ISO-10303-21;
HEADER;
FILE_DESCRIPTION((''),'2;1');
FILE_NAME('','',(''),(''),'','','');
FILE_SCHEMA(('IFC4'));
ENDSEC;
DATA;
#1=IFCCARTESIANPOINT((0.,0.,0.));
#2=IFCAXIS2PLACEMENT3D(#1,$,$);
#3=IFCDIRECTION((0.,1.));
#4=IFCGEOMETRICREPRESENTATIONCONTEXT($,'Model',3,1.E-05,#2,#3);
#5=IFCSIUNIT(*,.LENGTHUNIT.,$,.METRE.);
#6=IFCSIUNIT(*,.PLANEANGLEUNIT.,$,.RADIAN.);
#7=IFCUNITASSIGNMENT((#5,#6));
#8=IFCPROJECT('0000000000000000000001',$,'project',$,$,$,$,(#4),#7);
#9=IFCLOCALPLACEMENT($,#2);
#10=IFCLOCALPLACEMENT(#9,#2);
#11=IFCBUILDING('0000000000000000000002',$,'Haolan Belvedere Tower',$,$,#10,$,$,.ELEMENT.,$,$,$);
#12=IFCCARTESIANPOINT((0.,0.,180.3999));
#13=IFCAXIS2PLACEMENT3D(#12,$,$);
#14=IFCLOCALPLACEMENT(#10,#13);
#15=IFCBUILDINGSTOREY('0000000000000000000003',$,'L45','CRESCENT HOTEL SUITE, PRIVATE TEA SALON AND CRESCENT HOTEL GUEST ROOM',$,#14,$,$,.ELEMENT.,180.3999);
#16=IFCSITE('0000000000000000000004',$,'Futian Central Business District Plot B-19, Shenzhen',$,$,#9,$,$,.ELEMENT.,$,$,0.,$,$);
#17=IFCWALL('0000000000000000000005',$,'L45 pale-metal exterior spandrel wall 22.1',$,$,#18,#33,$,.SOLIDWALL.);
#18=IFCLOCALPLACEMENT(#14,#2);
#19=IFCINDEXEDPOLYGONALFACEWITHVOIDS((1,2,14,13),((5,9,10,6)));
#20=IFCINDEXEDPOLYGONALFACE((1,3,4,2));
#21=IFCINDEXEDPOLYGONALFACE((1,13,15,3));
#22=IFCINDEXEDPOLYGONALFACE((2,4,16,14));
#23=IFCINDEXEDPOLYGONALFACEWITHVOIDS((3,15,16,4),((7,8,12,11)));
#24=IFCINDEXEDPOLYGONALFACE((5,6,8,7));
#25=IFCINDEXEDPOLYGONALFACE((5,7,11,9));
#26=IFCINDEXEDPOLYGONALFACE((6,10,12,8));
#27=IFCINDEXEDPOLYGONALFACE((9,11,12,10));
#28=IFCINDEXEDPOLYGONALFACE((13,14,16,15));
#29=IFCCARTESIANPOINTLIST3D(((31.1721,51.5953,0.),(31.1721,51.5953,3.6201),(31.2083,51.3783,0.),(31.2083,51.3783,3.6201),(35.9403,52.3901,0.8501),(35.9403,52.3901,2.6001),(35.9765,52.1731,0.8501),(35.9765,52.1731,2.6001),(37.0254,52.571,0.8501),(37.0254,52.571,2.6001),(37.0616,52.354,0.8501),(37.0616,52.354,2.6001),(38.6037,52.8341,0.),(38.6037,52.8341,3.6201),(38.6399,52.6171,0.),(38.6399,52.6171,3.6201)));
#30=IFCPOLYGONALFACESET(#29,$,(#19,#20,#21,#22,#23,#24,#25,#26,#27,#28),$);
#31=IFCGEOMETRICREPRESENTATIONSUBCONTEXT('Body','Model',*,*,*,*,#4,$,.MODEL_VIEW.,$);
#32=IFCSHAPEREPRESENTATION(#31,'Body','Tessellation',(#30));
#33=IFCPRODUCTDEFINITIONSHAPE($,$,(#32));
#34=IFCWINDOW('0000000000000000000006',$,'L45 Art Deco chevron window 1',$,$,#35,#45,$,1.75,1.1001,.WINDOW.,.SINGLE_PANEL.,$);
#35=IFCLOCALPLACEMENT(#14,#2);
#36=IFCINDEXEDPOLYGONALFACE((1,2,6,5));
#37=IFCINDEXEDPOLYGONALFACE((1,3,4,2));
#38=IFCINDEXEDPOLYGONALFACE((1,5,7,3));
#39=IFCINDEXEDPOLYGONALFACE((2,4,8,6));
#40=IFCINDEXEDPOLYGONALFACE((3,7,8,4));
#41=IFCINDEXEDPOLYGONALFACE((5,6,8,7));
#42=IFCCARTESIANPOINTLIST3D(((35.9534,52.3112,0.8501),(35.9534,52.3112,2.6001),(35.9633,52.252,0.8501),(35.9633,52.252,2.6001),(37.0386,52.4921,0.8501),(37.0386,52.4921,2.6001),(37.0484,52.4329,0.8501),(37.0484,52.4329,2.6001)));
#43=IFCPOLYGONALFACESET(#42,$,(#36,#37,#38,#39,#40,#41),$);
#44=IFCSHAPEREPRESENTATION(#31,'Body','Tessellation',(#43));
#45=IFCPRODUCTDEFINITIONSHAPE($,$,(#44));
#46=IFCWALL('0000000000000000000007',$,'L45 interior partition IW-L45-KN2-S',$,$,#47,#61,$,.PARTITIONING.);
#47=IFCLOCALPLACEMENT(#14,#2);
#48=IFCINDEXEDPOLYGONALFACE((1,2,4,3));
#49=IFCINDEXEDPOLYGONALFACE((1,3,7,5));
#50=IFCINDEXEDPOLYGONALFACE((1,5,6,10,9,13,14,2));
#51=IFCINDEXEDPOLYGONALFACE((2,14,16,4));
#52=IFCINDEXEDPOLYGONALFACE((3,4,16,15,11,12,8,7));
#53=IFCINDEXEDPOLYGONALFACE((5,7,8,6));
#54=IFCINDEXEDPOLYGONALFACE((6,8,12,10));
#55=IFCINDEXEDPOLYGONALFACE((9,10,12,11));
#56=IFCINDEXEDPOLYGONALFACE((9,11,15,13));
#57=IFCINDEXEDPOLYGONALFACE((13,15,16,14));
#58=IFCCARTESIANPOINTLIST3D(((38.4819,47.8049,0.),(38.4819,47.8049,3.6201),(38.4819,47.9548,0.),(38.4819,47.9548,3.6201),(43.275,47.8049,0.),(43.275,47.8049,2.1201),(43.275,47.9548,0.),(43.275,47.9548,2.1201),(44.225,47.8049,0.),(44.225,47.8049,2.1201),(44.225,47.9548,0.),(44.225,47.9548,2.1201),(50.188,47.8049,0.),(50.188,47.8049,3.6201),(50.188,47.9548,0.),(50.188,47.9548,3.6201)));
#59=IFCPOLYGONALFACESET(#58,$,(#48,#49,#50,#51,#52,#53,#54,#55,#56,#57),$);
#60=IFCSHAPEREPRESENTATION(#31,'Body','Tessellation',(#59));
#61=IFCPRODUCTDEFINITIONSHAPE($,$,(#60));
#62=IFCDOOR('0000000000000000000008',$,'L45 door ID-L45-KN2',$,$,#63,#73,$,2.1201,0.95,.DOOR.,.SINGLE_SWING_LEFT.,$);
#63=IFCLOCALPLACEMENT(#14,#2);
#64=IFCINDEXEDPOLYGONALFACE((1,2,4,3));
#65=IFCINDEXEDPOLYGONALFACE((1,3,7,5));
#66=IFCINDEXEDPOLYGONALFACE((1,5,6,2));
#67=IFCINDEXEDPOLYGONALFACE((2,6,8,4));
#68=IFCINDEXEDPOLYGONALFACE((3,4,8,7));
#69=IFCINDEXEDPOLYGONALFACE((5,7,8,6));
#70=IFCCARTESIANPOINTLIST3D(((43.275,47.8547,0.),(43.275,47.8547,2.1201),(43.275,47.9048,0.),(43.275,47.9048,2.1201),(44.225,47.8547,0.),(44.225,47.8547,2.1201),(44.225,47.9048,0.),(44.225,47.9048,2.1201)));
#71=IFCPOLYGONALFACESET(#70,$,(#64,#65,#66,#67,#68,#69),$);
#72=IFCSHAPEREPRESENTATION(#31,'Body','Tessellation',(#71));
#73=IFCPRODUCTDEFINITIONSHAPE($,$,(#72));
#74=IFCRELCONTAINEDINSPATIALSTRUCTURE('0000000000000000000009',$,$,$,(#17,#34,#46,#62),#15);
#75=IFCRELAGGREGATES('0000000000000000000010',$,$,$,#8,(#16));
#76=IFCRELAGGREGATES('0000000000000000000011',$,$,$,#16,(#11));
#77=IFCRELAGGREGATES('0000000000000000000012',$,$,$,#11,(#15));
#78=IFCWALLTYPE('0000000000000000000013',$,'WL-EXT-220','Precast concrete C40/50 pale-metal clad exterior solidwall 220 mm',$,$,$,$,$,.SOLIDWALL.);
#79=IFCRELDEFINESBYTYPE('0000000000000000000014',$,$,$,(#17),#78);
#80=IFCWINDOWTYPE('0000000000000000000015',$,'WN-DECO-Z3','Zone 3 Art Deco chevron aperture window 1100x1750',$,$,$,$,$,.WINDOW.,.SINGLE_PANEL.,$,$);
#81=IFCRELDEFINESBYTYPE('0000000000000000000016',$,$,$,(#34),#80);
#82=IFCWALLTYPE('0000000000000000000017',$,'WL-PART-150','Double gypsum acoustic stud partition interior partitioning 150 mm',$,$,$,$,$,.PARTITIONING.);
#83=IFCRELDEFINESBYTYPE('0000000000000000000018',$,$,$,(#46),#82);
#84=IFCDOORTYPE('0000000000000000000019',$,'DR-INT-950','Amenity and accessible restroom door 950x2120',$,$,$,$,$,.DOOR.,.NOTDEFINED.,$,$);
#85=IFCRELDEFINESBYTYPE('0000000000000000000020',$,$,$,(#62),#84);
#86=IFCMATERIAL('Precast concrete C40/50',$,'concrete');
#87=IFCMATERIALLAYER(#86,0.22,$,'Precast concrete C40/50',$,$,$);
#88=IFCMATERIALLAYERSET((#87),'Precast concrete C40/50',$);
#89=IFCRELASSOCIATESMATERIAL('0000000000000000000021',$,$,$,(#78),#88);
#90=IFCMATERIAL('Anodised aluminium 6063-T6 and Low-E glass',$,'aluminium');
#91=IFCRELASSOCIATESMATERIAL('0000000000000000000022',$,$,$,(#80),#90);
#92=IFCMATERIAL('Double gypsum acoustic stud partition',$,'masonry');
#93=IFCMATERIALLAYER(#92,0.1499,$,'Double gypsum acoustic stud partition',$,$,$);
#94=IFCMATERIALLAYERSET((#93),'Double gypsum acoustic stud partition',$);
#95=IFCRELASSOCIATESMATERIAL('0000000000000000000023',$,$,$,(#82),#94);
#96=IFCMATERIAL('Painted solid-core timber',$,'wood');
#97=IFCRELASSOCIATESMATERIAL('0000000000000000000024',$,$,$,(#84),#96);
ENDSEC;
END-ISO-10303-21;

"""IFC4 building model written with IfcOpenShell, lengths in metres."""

from ifc_helpers import new_model, si_unit, direction, frame, frame_2d, origin, place, context, subcontext, project, spatial, rectangle, extrude, material, layer, layer_set, type_object, element, fill, save


model = new_model("IFC4")

# Units and contexts
model_context = context("Model", 3, precision=1e-05, world=origin(), true_north=direction((0.0, 1.0)))
body_context = subcontext(model_context, "Body", "Model", "MODEL_VIEW")
ifc_project = project(units=[si_unit("LENGTHUNIT", "METRE"), si_unit("PLANEANGLEUNIT", "RADIAN")], contexts=[model_context])

# Site, building, storey
site_placement = place(None, origin())
site = spatial("IfcSite", under=ifc_project, at=site_placement, Name="Futian Central Business District Plot B-19, Shenzhen", CompositionType="ELEMENT", RefElevation=0.0)
building_placement = place(site_placement, origin())
building = spatial("IfcBuilding", under=site, at=building_placement, Name="Haolan Belvedere Tower", CompositionType="ELEMENT")
storey_placement = place(building_placement, frame((0.0, 0.0, 180.3999)))
storey = spatial("IfcBuildingStorey", under=building, at=storey_placement, Name="L45", Description="CRESCENT HOTEL SUITE, PRIVATE TEA SALON AND CRESCENT HOTEL GUEST ROOM", CompositionType="ELEMENT", Elevation=180.3999)

# Wall, opening, window
ifc_material_1 = material(Name="Precast concrete C40/50", Category="concrete")
ifc_layer_1 = layer(ifc_material_1, 0.22, Name="Precast concrete C40/50")
ifc_layer_set_1 = layer_set([ifc_layer_1], Name="Precast concrete C40/50")
wall_type_1 = type_object("IfcWallType", Name="WL-EXT-220", Description="Precast concrete C40/50 pale-metal clad exterior solidwall 220 mm", PredefinedType="SOLIDWALL", material=ifc_layer_set_1)
wall_1_placement = place(storey_placement, frame((38.6218, 52.7256, 0.0), z_axis=(0.0, 0.0, 1.0), x_axis=(-0.98639, -0.16442, 0.0)))
wall_1 = element("IfcWall", 1, at=wall_1_placement, inside=storey, type_object=wall_type_1, Name="L45 pale-metal exterior spandrel wall 22.1", PredefinedType="SOLIDWALL", context=body_context, shape_type="SweptSolid", body=[
    extrude(rectangle(XDim=7.5342, YDim=0.22, at=frame_2d((3.7671, 0.0))), origin(), (0.0, 0.0, 1.0), 3.6201),
])
opening_1_placement = place(wall_1_placement, frame((1.6001, 0.0, 0.8501)))
opening_1 = element("IfcOpeningElement", 2, at=opening_1_placement, cuts=wall_1, PredefinedType="OPENING", context=body_context, shape_type="SweptSolid", body=[
    extrude(rectangle(XDim=1.1001, YDim=1.75, at=frame_2d((0.55, 0.875))), frame((0.0, 0.1199, 0.0), z_axis=(0.0, -1.0, 0.0), x_axis=(1.0, 0.0, 0.0)), (0.0, 0.0, 1.0), 0.24),
])
ifc_material_2 = material(Name="Anodised aluminium 6063-T6 and Low-E glass", Category="aluminium")
window_type = type_object("IfcWindowType", Name="WN-DECO-Z3", Description="Zone 3 Art Deco chevron aperture window 1100x1750", PartitioningType="SINGLE_PANEL", PredefinedType="WINDOW", material=ifc_material_2)
window_placement = place(opening_1_placement, origin())
window = element("IfcWindow", 3, at=window_placement, inside=storey, type_object=window_type, Name="L45 Art Deco chevron window 1", OverallHeight=1.75, OverallWidth=1.1001, PartitioningType="SINGLE_PANEL", PredefinedType="WINDOW", context=body_context, shape_type="SweptSolid", body=[
    extrude(rectangle(XDim=1.1001, YDim=1.75, at=frame_2d((0.55, 0.875))), frame((0.0, 0.03, 0.0), z_axis=(0.0, -1.0, 0.0), x_axis=(1.0, 0.0, 0.0)), (0.0, 0.0, 1.0), 0.0601),
])
fill(opening_1, window)

# Wall, opening, door
ifc_material_3 = material(Name="Double gypsum acoustic stud partition", Category="masonry")
ifc_layer_2 = layer(ifc_material_3, 0.1499, Name="Double gypsum acoustic stud partition")
ifc_layer_set_2 = layer_set([ifc_layer_2], Name="Double gypsum acoustic stud partition")
wall_type_2 = type_object("IfcWallType", Name="WL-PART-150", Description="Double gypsum acoustic stud partition interior partitioning 150 mm", PredefinedType="PARTITIONING", material=ifc_layer_set_2)
wall_2_placement = place(storey_placement, frame((38.4819, 47.8799, 0.0), z_axis=(0.0, 0.0, 1.0), x_axis=(1.0, 0.0, 0.0)))
wall_2 = element("IfcWall", 4, at=wall_2_placement, inside=storey, type_object=wall_type_2, Name="L45 interior partition IW-L45-KN2-S", PredefinedType="PARTITIONING", context=body_context, shape_type="SweptSolid", body=[
    extrude(rectangle(XDim=11.7061, YDim=0.1499, at=frame_2d((5.853, 0.0))), origin(), (0.0, 0.0, 1.0), 3.6201),
])
opening_2_placement = place(wall_2_placement, frame((4.793, 0.0, 0.0)))
opening_2 = element("IfcOpeningElement", 5, at=opening_2_placement, cuts=wall_2, PredefinedType="OPENING", context=body_context, shape_type="SweptSolid", body=[
    extrude(rectangle(XDim=0.95, YDim=2.1201, at=frame_2d((0.4751, 1.0601))), frame((0.0, 0.085, 0.0), z_axis=(0.0, -1.0, 0.0), x_axis=(1.0, 0.0, 0.0)), (0.0, 0.0, 1.0), 0.1699),
])
ifc_material_4 = material(Name="Painted solid-core timber", Category="wood")
door_type_1 = type_object("IfcDoorType", Name="DR-INT-950", Description="Amenity and accessible restroom door 950x2120", OperationType="NOTDEFINED", PredefinedType="DOOR", material=ifc_material_4)
door_1_placement = place(opening_2_placement, origin())
door_1 = element("IfcDoor", 6, at=door_1_placement, inside=storey, type_object=door_type_1, Name="L45 door ID-L45-KN2", OperationType="SINGLE_SWING_LEFT", OverallHeight=2.1201, OverallWidth=0.95, PredefinedType="DOOR", context=body_context, shape_type="SweptSolid", body=[
    extrude(rectangle(XDim=0.95, YDim=2.1201, at=frame_2d((0.4751, 1.0601))), frame((0.0, 0.0249, 0.0), z_axis=(0.0, -1.0, 0.0), x_axis=(1.0, 0.0, 0.0)), (0.0, 0.0, 1.0), 0.05),
])
fill(opening_2, door_1)

save(model, "model.ifc")
